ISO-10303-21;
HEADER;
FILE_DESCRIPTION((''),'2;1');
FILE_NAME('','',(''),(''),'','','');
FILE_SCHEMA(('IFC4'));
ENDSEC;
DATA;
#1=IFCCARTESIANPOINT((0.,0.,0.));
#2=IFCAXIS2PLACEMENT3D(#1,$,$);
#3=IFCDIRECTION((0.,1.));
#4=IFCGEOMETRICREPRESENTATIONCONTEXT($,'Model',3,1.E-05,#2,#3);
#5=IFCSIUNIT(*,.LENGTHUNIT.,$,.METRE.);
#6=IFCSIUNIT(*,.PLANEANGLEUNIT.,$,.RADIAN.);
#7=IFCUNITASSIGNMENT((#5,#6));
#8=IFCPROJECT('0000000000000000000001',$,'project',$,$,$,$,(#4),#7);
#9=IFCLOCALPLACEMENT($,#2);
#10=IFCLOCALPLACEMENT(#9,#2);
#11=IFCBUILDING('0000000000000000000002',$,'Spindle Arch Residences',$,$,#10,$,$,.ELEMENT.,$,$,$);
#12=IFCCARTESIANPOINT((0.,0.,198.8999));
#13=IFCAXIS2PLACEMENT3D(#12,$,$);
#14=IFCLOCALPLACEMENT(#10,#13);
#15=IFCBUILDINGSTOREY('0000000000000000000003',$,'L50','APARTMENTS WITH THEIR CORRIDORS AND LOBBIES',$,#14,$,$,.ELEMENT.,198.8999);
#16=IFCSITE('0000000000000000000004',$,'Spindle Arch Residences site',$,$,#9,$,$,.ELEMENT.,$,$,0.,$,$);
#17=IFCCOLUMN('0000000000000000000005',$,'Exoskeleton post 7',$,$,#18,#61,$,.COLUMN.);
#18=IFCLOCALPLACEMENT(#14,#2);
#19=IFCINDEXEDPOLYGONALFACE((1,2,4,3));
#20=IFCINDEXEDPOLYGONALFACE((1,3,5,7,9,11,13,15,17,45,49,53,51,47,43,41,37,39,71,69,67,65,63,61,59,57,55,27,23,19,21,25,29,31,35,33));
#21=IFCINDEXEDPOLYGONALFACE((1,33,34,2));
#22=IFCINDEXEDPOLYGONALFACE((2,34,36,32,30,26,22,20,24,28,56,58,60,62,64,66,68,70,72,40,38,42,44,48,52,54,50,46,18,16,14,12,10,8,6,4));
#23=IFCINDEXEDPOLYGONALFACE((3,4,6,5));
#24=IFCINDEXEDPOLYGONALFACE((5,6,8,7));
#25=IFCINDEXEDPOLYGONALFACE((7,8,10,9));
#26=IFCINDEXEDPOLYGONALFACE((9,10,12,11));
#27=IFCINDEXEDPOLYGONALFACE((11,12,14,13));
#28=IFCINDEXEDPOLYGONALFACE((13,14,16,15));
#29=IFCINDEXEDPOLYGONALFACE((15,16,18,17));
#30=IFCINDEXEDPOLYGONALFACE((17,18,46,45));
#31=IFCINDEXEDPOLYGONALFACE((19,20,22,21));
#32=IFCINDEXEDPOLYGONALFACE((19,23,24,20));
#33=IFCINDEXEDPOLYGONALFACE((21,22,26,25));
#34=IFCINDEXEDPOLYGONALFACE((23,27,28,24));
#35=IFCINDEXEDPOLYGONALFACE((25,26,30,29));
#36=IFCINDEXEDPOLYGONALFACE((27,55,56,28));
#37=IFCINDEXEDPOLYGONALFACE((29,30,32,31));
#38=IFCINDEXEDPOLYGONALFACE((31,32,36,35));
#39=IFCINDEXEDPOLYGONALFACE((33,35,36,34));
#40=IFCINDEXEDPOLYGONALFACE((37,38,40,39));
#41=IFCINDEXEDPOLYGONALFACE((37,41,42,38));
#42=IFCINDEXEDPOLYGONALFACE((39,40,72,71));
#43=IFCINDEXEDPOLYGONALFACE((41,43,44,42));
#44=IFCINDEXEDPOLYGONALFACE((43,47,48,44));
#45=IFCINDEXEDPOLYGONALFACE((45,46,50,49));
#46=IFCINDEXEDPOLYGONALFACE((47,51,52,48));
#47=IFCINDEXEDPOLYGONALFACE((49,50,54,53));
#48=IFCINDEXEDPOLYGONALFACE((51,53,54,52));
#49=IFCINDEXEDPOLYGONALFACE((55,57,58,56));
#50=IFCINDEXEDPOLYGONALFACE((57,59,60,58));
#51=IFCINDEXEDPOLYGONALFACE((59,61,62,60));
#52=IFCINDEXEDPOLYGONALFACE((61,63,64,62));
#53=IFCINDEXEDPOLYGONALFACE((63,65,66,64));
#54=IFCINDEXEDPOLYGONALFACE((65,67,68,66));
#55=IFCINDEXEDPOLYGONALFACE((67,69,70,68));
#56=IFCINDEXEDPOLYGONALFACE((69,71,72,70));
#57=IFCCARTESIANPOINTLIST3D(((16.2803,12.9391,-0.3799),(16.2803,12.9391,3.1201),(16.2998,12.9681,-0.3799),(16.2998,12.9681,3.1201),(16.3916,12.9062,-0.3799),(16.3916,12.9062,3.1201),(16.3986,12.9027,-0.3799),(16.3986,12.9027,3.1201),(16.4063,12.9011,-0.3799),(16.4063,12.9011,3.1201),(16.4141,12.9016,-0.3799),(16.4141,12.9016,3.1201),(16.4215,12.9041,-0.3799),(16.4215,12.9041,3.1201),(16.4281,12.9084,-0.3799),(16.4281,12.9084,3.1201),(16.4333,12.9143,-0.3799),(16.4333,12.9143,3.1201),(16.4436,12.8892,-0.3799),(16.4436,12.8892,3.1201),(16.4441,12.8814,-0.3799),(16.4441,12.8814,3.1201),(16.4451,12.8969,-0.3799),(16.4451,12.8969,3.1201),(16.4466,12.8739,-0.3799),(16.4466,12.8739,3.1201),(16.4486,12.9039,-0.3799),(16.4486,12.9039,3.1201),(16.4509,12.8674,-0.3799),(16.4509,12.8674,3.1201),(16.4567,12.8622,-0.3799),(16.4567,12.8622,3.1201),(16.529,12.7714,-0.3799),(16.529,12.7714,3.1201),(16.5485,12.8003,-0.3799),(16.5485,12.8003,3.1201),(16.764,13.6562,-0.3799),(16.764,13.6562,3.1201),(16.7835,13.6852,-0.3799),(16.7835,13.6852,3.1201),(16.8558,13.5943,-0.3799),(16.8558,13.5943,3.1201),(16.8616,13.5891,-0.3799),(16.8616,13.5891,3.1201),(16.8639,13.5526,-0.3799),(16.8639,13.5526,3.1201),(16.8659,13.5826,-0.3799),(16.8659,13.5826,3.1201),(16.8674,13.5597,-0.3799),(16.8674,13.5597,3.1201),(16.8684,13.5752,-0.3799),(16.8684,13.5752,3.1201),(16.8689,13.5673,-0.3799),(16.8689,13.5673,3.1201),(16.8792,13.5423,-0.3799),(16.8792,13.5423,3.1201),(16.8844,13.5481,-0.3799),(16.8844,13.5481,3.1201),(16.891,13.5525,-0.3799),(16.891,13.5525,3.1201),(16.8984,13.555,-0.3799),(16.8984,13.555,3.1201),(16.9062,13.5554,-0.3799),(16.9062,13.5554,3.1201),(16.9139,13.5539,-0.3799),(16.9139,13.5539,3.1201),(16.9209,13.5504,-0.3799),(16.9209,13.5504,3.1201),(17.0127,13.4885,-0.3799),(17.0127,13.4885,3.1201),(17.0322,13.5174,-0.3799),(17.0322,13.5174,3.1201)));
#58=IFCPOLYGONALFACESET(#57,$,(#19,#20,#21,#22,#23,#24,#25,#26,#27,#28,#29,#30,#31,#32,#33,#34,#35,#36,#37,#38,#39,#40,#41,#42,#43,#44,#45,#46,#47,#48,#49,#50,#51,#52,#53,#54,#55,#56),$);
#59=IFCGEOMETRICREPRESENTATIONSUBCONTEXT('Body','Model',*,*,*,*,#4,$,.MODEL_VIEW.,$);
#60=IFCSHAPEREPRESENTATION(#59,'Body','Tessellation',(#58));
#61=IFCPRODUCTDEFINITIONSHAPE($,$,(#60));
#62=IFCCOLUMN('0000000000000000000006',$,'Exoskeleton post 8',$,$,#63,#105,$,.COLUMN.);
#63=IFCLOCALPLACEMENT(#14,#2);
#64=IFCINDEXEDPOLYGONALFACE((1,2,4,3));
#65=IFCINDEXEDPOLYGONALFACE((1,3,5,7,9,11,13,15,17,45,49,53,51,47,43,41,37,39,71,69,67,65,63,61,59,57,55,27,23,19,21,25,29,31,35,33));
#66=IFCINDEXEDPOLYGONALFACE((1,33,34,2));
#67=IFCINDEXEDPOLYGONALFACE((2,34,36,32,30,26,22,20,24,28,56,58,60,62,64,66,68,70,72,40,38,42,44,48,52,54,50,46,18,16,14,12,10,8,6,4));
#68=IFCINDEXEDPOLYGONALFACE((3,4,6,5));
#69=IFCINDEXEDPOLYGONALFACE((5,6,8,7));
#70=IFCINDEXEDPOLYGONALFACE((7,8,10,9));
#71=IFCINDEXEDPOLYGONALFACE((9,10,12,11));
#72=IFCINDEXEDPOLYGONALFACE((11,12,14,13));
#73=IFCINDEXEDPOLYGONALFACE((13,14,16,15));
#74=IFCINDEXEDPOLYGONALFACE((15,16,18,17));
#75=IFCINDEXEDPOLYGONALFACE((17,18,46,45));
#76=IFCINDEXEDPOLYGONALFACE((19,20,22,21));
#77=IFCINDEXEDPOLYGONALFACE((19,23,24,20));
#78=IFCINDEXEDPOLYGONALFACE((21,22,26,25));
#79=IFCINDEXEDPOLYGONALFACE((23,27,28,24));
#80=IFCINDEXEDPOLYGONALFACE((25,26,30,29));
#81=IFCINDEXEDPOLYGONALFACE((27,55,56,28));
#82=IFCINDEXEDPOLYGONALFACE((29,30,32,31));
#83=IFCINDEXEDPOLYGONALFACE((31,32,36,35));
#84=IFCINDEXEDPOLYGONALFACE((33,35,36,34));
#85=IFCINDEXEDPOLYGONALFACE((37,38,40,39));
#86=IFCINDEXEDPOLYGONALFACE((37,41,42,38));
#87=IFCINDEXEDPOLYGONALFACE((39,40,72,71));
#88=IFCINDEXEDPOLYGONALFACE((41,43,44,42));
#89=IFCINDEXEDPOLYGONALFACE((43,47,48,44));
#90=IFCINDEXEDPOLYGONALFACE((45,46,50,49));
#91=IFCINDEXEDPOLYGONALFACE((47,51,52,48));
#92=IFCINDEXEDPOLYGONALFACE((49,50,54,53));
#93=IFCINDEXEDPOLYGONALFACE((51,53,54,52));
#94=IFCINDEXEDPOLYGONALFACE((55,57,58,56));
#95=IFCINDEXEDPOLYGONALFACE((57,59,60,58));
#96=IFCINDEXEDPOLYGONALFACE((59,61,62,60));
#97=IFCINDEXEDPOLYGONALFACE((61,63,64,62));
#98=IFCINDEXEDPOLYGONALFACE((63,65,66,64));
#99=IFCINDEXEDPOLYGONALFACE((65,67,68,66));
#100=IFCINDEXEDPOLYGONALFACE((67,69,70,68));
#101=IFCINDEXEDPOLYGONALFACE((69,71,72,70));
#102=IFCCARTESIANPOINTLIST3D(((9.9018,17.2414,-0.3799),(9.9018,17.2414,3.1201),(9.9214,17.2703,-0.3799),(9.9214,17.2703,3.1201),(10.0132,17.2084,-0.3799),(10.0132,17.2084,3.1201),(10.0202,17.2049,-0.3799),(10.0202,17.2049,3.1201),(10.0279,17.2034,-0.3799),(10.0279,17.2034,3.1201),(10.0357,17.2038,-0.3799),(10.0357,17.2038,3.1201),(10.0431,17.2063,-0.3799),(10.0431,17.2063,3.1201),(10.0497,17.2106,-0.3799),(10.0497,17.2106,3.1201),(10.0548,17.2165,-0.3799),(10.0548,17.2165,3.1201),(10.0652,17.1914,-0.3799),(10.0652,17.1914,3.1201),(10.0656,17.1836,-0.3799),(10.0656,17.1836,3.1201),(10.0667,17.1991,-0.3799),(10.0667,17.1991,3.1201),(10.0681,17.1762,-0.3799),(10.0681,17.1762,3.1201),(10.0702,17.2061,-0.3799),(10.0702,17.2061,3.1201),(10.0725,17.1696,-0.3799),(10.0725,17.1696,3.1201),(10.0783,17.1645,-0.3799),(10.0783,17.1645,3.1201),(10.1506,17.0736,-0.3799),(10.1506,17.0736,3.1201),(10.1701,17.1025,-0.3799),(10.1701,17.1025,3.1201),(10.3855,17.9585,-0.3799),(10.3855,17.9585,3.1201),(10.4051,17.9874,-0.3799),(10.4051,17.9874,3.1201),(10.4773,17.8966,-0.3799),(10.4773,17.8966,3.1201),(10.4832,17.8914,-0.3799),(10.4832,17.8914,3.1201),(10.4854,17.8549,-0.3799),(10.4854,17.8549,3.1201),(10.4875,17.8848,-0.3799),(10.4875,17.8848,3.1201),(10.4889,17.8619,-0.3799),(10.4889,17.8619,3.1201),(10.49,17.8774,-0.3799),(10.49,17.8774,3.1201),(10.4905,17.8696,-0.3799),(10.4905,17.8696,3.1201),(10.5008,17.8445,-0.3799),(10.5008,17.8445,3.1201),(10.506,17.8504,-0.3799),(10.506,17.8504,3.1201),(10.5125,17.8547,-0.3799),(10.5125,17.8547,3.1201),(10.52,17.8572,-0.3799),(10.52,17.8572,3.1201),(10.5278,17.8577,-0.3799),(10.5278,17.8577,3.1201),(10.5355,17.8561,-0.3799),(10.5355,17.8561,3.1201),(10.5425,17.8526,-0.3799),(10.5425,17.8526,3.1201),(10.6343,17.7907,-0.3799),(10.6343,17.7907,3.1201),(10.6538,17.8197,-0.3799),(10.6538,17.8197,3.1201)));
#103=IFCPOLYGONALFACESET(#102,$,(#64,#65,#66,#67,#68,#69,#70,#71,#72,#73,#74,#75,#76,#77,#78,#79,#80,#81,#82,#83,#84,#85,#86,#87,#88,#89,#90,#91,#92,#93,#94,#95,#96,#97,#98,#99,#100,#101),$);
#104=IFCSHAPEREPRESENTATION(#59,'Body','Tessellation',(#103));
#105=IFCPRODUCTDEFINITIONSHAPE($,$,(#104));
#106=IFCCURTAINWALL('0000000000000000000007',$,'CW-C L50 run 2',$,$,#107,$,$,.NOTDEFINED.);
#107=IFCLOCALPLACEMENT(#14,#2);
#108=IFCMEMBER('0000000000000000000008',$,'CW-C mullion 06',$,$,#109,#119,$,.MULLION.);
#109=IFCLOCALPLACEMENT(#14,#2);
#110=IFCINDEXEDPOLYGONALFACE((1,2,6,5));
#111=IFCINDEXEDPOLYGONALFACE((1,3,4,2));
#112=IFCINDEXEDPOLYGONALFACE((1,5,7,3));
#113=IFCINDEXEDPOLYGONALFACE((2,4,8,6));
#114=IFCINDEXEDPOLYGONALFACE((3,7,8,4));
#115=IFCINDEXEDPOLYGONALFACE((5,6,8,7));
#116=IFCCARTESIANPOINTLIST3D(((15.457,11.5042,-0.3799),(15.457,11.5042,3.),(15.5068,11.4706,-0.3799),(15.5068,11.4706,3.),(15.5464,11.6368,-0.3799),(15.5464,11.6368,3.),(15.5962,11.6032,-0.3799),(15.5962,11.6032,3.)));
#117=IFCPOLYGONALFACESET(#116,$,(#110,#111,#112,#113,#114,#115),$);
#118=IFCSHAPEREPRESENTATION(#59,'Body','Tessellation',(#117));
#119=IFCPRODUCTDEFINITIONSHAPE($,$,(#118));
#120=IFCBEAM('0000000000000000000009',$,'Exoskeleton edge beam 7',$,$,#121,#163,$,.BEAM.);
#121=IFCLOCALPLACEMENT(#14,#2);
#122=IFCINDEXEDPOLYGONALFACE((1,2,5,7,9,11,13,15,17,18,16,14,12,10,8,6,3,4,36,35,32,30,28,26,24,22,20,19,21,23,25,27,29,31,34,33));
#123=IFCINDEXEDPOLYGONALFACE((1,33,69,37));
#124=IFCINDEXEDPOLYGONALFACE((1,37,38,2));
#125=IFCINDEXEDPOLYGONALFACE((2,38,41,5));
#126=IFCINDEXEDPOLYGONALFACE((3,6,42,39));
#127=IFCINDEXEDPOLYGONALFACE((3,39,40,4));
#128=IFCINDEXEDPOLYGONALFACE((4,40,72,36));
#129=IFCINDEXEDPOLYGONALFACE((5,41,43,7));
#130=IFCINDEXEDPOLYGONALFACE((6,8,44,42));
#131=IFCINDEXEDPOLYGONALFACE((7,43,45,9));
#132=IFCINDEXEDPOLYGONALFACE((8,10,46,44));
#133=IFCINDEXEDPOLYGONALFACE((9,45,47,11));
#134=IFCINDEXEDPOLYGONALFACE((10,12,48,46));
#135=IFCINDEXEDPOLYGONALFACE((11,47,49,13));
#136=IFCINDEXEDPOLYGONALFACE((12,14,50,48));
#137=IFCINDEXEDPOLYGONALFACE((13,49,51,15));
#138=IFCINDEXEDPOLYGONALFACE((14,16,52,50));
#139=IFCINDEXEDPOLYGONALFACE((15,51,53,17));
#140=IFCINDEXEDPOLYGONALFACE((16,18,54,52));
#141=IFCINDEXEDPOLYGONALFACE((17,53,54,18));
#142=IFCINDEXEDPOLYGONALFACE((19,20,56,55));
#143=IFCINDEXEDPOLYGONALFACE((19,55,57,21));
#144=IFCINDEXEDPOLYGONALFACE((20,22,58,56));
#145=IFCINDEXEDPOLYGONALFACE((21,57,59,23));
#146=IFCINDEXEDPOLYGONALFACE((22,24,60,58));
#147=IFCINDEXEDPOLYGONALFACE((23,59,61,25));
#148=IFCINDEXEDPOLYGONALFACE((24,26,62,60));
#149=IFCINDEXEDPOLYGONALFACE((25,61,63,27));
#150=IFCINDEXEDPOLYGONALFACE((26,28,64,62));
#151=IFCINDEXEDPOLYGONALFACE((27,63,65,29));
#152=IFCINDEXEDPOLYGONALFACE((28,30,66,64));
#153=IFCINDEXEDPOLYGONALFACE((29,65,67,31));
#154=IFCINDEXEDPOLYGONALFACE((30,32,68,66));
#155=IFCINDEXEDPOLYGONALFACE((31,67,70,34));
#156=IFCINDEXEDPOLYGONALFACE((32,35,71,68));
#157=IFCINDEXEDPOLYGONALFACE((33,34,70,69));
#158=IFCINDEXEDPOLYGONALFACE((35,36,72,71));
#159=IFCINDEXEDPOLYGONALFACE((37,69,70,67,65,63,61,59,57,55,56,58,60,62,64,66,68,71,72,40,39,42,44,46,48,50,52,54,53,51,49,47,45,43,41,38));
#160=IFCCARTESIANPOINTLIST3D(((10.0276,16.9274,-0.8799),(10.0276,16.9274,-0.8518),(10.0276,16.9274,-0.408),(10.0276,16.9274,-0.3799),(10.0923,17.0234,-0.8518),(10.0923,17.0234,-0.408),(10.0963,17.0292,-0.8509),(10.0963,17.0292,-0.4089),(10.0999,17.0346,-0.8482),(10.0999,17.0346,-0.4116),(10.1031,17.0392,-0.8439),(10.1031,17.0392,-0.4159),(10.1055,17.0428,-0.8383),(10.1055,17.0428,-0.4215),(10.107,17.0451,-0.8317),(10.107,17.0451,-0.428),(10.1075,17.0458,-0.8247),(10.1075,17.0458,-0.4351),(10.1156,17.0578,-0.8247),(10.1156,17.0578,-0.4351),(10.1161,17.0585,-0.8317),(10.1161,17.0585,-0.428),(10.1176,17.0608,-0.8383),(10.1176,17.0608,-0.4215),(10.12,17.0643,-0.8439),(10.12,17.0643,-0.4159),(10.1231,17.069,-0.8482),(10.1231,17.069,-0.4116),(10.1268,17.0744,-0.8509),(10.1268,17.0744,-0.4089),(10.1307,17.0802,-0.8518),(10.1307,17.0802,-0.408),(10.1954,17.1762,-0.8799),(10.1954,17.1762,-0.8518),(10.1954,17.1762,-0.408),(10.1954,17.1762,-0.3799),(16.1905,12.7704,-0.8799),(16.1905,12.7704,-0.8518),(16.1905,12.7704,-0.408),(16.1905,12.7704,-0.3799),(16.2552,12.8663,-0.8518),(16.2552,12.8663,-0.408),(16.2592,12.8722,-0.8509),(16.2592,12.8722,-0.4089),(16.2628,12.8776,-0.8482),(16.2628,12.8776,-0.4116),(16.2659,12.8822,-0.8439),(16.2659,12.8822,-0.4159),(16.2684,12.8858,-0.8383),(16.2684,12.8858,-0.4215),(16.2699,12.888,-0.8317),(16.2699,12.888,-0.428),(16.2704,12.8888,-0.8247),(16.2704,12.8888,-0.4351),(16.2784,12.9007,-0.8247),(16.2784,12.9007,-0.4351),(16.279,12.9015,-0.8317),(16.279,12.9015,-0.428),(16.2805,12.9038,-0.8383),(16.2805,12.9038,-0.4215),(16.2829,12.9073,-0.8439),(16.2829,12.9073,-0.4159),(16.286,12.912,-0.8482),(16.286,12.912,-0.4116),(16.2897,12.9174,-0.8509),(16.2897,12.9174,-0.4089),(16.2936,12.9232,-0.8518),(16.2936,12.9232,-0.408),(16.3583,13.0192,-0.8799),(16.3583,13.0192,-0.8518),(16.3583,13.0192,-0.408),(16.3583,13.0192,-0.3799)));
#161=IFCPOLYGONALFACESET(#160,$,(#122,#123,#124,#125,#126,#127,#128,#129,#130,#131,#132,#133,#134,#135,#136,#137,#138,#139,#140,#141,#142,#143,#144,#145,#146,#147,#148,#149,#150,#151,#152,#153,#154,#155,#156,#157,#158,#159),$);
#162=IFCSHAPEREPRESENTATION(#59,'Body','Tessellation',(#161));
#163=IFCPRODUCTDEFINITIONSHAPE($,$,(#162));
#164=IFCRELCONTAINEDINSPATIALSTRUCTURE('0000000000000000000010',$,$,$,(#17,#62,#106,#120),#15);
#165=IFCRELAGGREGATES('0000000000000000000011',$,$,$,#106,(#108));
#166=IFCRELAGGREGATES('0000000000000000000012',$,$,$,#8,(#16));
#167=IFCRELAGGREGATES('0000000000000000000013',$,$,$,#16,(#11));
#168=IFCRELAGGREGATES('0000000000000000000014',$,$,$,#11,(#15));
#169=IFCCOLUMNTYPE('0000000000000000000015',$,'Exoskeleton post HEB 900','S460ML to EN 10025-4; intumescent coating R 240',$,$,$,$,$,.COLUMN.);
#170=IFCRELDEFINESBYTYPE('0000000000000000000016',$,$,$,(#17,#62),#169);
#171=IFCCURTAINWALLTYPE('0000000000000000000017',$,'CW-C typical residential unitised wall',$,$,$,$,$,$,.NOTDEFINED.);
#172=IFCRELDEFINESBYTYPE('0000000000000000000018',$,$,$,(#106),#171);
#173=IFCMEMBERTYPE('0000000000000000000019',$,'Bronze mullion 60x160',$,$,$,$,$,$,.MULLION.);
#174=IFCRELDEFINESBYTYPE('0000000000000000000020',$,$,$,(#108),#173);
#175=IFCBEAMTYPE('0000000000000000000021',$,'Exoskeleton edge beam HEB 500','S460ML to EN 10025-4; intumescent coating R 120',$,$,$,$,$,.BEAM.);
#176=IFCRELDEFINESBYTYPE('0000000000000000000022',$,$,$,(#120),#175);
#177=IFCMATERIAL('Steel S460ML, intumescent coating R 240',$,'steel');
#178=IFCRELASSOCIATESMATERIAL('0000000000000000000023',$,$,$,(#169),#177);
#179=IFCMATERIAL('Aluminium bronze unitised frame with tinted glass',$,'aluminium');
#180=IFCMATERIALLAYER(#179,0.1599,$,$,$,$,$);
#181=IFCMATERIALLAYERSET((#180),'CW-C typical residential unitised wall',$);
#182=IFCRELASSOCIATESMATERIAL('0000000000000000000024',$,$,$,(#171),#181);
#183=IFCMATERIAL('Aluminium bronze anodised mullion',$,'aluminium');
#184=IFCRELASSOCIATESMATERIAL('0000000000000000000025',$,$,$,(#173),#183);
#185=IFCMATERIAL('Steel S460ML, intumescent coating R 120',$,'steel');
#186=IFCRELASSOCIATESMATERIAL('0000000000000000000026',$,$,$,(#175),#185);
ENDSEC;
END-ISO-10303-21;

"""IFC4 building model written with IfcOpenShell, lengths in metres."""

from ifc_helpers import new_model, si_unit, direction, frame, origin, origin_2d, place, context, subcontext, project, spatial, rectangle, i_section, extrude, material, layer, layer_set, material_profile, profile_set, type_object, element, aggregate, save


model = new_model("IFC4")

# Units and contexts
model_context = context("Model", 3, precision=1e-05, world=origin(), true_north=direction((0.0, 1.0)))
body_context = subcontext(model_context, "Body", "Model", "MODEL_VIEW")
ifc_project = project(units=[si_unit("LENGTHUNIT", "METRE"), si_unit("PLANEANGLEUNIT", "RADIAN")], contexts=[model_context])

# Site, building, storey
site_placement = place(None, origin())
site = spatial("IfcSite", under=ifc_project, at=site_placement, Name="Spindle Arch Residences site", CompositionType="ELEMENT", RefElevation=0.0)
building_placement = place(site_placement, origin())
building = spatial("IfcBuilding", under=site, at=building_placement, Name="Spindle Arch Residences", CompositionType="ELEMENT")
storey_placement = place(building_placement, frame((0.0, 0.0, 198.8999)))
storey = spatial("IfcBuildingStorey", under=building, at=storey_placement, Name="L50", Description="APARTMENTS WITH THEIR CORRIDORS AND LOBBIES", CompositionType="ELEMENT", Elevation=198.8999)

# Columns
ifc_material_1 = material(Name="Steel S460ML, intumescent coating R 240", Category="steel")
ifc_material_profile_1 = material_profile(ifc_material_1, i_section(OverallWidth=0.3, OverallDepth=0.8999, WebThickness=0.0186, FlangeThickness=0.0349, FilletRadius=0.03, at=origin_2d()), Name="HEB 900")
ifc_profile_set_1 = profile_set([ifc_material_profile_1], Name="Steel S460ML, intumescent coating R 240")
column_type = type_object("IfcColumnType", Name="Exoskeleton post HEB 900", Description="S460ML to EN 10025-4; intumescent coating R 240", PredefinedType="COLUMN", material=ifc_profile_set_1)
for number, where, z_axis, x_axis, name in (
    (1, (16.6562, 13.2283, -0.3799), (0.0, 0.0, 1.0), (0.829038, -0.559193, 0.0), "Exoskeleton post 7"),
    (2, (10.2778, 17.5305, -0.3799), (0.0, 0.0, 1.0), (0.829038, -0.559193, 0.0), "Exoskeleton post 8"),
):
    element("IfcColumn", number, at=place(storey_placement, frame(where, z_axis=z_axis, x_axis=x_axis)), inside=storey, type_object=column_type, Name=name, PredefinedType="COLUMN", context=body_context, shape_type="SweptSolid", body=[
        extrude(i_section(OverallWidth=0.3, OverallDepth=0.8999, WebThickness=0.0186, FlangeThickness=0.0349, FilletRadius=0.03, at=origin_2d()), origin(), (0.0, 0.0, 1.0), 3.5),
    ])

# Curtain wall, member
ifc_material_2 = material(Name="Aluminium bronze unitised frame with tinted glass", Category="aluminium")
ifc_layer_1 = layer(ifc_material_2, 0.1599)
ifc_layer_set_1 = layer_set([ifc_layer_1], Name="CW-C typical residential unitised wall")
curtain_wall_type = type_object("IfcCurtainWallType", Name="CW-C typical residential unitised wall", PredefinedType="NOTDEFINED", material=ifc_layer_set_1)
curtain_wall_placement = place(storey_placement, origin())
curtain_wall = element("IfcCurtainWall", 3, at=curtain_wall_placement, inside=storey, type_object=curtain_wall_type, Name="CW-C L50 run 2", PredefinedType="NOTDEFINED")
ifc_material_3 = material(Name="Aluminium bronze anodised mullion", Category="aluminium")
ifc_material_profile_2 = material_profile(ifc_material_3, rectangle(XDim=0.1599, YDim=0.0601, at=origin_2d()), Name="MU 60x160")
ifc_profile_set_2 = profile_set([ifc_material_profile_2], Name="Aluminium bronze anodised mullion")
member_type = type_object("IfcMemberType", Name="Bronze mullion 60x160", PredefinedType="MULLION", material=ifc_profile_set_2)
member_placement = place(storey_placement, frame((15.5266, 11.5537, -0.3799), z_axis=(0.0, 0.0, 1.0), x_axis=(-0.559193, -0.829038, 0.0)))
member = element("IfcMember", 4, at=member_placement, type_object=member_type, Name="CW-C mullion 06", PredefinedType="MULLION", context=body_context, shape_type="SweptSolid", body=[
    extrude(rectangle(XDim=0.1599, YDim=0.0601, at=origin_2d()), origin(), (0.0, 0.0, 1.0), 3.3799),
])

# Beam
ifc_material_4 = material(Name="Steel S460ML, intumescent coating R 120", Category="steel")
ifc_material_profile_3 = material_profile(ifc_material_4, i_section(OverallWidth=0.3, OverallDepth=0.5, WebThickness=0.0144, FlangeThickness=0.0281, FilletRadius=0.0271, at=origin_2d()), Name="HEB 500")
ifc_profile_set_3 = profile_set([ifc_material_profile_3], Name="Steel S460ML, intumescent coating R 120")
beam_type_1 = type_object("IfcBeamType", Name="Exoskeleton edge beam HEB 500", Description="S460ML to EN 10025-4; intumescent coating R 120", PredefinedType="BEAM", material=ifc_profile_set_3)
beam_1_placement = place(storey_placement, frame((16.2744, 12.8948, -0.6299), z_axis=(-0.829032, 0.559202, 0.0), x_axis=(-0.559202, -0.829032, 0.0)))
element("IfcBeam", 5, at=beam_1_placement, inside=storey, type_object=beam_type_1, Name="Exoskeleton edge beam 7", PredefinedType="BEAM", context=body_context, shape_type="SweptSolid", body=[
    extrude(i_section(OverallWidth=0.3, OverallDepth=0.5, WebThickness=0.0144, FlangeThickness=0.0281, FilletRadius=0.0271, at=origin_2d()), origin(), (0.0, 0.0, 1.0), 7.4338),
])

aggregate(curtain_wall, [member])

save(model, "model.ifc")
